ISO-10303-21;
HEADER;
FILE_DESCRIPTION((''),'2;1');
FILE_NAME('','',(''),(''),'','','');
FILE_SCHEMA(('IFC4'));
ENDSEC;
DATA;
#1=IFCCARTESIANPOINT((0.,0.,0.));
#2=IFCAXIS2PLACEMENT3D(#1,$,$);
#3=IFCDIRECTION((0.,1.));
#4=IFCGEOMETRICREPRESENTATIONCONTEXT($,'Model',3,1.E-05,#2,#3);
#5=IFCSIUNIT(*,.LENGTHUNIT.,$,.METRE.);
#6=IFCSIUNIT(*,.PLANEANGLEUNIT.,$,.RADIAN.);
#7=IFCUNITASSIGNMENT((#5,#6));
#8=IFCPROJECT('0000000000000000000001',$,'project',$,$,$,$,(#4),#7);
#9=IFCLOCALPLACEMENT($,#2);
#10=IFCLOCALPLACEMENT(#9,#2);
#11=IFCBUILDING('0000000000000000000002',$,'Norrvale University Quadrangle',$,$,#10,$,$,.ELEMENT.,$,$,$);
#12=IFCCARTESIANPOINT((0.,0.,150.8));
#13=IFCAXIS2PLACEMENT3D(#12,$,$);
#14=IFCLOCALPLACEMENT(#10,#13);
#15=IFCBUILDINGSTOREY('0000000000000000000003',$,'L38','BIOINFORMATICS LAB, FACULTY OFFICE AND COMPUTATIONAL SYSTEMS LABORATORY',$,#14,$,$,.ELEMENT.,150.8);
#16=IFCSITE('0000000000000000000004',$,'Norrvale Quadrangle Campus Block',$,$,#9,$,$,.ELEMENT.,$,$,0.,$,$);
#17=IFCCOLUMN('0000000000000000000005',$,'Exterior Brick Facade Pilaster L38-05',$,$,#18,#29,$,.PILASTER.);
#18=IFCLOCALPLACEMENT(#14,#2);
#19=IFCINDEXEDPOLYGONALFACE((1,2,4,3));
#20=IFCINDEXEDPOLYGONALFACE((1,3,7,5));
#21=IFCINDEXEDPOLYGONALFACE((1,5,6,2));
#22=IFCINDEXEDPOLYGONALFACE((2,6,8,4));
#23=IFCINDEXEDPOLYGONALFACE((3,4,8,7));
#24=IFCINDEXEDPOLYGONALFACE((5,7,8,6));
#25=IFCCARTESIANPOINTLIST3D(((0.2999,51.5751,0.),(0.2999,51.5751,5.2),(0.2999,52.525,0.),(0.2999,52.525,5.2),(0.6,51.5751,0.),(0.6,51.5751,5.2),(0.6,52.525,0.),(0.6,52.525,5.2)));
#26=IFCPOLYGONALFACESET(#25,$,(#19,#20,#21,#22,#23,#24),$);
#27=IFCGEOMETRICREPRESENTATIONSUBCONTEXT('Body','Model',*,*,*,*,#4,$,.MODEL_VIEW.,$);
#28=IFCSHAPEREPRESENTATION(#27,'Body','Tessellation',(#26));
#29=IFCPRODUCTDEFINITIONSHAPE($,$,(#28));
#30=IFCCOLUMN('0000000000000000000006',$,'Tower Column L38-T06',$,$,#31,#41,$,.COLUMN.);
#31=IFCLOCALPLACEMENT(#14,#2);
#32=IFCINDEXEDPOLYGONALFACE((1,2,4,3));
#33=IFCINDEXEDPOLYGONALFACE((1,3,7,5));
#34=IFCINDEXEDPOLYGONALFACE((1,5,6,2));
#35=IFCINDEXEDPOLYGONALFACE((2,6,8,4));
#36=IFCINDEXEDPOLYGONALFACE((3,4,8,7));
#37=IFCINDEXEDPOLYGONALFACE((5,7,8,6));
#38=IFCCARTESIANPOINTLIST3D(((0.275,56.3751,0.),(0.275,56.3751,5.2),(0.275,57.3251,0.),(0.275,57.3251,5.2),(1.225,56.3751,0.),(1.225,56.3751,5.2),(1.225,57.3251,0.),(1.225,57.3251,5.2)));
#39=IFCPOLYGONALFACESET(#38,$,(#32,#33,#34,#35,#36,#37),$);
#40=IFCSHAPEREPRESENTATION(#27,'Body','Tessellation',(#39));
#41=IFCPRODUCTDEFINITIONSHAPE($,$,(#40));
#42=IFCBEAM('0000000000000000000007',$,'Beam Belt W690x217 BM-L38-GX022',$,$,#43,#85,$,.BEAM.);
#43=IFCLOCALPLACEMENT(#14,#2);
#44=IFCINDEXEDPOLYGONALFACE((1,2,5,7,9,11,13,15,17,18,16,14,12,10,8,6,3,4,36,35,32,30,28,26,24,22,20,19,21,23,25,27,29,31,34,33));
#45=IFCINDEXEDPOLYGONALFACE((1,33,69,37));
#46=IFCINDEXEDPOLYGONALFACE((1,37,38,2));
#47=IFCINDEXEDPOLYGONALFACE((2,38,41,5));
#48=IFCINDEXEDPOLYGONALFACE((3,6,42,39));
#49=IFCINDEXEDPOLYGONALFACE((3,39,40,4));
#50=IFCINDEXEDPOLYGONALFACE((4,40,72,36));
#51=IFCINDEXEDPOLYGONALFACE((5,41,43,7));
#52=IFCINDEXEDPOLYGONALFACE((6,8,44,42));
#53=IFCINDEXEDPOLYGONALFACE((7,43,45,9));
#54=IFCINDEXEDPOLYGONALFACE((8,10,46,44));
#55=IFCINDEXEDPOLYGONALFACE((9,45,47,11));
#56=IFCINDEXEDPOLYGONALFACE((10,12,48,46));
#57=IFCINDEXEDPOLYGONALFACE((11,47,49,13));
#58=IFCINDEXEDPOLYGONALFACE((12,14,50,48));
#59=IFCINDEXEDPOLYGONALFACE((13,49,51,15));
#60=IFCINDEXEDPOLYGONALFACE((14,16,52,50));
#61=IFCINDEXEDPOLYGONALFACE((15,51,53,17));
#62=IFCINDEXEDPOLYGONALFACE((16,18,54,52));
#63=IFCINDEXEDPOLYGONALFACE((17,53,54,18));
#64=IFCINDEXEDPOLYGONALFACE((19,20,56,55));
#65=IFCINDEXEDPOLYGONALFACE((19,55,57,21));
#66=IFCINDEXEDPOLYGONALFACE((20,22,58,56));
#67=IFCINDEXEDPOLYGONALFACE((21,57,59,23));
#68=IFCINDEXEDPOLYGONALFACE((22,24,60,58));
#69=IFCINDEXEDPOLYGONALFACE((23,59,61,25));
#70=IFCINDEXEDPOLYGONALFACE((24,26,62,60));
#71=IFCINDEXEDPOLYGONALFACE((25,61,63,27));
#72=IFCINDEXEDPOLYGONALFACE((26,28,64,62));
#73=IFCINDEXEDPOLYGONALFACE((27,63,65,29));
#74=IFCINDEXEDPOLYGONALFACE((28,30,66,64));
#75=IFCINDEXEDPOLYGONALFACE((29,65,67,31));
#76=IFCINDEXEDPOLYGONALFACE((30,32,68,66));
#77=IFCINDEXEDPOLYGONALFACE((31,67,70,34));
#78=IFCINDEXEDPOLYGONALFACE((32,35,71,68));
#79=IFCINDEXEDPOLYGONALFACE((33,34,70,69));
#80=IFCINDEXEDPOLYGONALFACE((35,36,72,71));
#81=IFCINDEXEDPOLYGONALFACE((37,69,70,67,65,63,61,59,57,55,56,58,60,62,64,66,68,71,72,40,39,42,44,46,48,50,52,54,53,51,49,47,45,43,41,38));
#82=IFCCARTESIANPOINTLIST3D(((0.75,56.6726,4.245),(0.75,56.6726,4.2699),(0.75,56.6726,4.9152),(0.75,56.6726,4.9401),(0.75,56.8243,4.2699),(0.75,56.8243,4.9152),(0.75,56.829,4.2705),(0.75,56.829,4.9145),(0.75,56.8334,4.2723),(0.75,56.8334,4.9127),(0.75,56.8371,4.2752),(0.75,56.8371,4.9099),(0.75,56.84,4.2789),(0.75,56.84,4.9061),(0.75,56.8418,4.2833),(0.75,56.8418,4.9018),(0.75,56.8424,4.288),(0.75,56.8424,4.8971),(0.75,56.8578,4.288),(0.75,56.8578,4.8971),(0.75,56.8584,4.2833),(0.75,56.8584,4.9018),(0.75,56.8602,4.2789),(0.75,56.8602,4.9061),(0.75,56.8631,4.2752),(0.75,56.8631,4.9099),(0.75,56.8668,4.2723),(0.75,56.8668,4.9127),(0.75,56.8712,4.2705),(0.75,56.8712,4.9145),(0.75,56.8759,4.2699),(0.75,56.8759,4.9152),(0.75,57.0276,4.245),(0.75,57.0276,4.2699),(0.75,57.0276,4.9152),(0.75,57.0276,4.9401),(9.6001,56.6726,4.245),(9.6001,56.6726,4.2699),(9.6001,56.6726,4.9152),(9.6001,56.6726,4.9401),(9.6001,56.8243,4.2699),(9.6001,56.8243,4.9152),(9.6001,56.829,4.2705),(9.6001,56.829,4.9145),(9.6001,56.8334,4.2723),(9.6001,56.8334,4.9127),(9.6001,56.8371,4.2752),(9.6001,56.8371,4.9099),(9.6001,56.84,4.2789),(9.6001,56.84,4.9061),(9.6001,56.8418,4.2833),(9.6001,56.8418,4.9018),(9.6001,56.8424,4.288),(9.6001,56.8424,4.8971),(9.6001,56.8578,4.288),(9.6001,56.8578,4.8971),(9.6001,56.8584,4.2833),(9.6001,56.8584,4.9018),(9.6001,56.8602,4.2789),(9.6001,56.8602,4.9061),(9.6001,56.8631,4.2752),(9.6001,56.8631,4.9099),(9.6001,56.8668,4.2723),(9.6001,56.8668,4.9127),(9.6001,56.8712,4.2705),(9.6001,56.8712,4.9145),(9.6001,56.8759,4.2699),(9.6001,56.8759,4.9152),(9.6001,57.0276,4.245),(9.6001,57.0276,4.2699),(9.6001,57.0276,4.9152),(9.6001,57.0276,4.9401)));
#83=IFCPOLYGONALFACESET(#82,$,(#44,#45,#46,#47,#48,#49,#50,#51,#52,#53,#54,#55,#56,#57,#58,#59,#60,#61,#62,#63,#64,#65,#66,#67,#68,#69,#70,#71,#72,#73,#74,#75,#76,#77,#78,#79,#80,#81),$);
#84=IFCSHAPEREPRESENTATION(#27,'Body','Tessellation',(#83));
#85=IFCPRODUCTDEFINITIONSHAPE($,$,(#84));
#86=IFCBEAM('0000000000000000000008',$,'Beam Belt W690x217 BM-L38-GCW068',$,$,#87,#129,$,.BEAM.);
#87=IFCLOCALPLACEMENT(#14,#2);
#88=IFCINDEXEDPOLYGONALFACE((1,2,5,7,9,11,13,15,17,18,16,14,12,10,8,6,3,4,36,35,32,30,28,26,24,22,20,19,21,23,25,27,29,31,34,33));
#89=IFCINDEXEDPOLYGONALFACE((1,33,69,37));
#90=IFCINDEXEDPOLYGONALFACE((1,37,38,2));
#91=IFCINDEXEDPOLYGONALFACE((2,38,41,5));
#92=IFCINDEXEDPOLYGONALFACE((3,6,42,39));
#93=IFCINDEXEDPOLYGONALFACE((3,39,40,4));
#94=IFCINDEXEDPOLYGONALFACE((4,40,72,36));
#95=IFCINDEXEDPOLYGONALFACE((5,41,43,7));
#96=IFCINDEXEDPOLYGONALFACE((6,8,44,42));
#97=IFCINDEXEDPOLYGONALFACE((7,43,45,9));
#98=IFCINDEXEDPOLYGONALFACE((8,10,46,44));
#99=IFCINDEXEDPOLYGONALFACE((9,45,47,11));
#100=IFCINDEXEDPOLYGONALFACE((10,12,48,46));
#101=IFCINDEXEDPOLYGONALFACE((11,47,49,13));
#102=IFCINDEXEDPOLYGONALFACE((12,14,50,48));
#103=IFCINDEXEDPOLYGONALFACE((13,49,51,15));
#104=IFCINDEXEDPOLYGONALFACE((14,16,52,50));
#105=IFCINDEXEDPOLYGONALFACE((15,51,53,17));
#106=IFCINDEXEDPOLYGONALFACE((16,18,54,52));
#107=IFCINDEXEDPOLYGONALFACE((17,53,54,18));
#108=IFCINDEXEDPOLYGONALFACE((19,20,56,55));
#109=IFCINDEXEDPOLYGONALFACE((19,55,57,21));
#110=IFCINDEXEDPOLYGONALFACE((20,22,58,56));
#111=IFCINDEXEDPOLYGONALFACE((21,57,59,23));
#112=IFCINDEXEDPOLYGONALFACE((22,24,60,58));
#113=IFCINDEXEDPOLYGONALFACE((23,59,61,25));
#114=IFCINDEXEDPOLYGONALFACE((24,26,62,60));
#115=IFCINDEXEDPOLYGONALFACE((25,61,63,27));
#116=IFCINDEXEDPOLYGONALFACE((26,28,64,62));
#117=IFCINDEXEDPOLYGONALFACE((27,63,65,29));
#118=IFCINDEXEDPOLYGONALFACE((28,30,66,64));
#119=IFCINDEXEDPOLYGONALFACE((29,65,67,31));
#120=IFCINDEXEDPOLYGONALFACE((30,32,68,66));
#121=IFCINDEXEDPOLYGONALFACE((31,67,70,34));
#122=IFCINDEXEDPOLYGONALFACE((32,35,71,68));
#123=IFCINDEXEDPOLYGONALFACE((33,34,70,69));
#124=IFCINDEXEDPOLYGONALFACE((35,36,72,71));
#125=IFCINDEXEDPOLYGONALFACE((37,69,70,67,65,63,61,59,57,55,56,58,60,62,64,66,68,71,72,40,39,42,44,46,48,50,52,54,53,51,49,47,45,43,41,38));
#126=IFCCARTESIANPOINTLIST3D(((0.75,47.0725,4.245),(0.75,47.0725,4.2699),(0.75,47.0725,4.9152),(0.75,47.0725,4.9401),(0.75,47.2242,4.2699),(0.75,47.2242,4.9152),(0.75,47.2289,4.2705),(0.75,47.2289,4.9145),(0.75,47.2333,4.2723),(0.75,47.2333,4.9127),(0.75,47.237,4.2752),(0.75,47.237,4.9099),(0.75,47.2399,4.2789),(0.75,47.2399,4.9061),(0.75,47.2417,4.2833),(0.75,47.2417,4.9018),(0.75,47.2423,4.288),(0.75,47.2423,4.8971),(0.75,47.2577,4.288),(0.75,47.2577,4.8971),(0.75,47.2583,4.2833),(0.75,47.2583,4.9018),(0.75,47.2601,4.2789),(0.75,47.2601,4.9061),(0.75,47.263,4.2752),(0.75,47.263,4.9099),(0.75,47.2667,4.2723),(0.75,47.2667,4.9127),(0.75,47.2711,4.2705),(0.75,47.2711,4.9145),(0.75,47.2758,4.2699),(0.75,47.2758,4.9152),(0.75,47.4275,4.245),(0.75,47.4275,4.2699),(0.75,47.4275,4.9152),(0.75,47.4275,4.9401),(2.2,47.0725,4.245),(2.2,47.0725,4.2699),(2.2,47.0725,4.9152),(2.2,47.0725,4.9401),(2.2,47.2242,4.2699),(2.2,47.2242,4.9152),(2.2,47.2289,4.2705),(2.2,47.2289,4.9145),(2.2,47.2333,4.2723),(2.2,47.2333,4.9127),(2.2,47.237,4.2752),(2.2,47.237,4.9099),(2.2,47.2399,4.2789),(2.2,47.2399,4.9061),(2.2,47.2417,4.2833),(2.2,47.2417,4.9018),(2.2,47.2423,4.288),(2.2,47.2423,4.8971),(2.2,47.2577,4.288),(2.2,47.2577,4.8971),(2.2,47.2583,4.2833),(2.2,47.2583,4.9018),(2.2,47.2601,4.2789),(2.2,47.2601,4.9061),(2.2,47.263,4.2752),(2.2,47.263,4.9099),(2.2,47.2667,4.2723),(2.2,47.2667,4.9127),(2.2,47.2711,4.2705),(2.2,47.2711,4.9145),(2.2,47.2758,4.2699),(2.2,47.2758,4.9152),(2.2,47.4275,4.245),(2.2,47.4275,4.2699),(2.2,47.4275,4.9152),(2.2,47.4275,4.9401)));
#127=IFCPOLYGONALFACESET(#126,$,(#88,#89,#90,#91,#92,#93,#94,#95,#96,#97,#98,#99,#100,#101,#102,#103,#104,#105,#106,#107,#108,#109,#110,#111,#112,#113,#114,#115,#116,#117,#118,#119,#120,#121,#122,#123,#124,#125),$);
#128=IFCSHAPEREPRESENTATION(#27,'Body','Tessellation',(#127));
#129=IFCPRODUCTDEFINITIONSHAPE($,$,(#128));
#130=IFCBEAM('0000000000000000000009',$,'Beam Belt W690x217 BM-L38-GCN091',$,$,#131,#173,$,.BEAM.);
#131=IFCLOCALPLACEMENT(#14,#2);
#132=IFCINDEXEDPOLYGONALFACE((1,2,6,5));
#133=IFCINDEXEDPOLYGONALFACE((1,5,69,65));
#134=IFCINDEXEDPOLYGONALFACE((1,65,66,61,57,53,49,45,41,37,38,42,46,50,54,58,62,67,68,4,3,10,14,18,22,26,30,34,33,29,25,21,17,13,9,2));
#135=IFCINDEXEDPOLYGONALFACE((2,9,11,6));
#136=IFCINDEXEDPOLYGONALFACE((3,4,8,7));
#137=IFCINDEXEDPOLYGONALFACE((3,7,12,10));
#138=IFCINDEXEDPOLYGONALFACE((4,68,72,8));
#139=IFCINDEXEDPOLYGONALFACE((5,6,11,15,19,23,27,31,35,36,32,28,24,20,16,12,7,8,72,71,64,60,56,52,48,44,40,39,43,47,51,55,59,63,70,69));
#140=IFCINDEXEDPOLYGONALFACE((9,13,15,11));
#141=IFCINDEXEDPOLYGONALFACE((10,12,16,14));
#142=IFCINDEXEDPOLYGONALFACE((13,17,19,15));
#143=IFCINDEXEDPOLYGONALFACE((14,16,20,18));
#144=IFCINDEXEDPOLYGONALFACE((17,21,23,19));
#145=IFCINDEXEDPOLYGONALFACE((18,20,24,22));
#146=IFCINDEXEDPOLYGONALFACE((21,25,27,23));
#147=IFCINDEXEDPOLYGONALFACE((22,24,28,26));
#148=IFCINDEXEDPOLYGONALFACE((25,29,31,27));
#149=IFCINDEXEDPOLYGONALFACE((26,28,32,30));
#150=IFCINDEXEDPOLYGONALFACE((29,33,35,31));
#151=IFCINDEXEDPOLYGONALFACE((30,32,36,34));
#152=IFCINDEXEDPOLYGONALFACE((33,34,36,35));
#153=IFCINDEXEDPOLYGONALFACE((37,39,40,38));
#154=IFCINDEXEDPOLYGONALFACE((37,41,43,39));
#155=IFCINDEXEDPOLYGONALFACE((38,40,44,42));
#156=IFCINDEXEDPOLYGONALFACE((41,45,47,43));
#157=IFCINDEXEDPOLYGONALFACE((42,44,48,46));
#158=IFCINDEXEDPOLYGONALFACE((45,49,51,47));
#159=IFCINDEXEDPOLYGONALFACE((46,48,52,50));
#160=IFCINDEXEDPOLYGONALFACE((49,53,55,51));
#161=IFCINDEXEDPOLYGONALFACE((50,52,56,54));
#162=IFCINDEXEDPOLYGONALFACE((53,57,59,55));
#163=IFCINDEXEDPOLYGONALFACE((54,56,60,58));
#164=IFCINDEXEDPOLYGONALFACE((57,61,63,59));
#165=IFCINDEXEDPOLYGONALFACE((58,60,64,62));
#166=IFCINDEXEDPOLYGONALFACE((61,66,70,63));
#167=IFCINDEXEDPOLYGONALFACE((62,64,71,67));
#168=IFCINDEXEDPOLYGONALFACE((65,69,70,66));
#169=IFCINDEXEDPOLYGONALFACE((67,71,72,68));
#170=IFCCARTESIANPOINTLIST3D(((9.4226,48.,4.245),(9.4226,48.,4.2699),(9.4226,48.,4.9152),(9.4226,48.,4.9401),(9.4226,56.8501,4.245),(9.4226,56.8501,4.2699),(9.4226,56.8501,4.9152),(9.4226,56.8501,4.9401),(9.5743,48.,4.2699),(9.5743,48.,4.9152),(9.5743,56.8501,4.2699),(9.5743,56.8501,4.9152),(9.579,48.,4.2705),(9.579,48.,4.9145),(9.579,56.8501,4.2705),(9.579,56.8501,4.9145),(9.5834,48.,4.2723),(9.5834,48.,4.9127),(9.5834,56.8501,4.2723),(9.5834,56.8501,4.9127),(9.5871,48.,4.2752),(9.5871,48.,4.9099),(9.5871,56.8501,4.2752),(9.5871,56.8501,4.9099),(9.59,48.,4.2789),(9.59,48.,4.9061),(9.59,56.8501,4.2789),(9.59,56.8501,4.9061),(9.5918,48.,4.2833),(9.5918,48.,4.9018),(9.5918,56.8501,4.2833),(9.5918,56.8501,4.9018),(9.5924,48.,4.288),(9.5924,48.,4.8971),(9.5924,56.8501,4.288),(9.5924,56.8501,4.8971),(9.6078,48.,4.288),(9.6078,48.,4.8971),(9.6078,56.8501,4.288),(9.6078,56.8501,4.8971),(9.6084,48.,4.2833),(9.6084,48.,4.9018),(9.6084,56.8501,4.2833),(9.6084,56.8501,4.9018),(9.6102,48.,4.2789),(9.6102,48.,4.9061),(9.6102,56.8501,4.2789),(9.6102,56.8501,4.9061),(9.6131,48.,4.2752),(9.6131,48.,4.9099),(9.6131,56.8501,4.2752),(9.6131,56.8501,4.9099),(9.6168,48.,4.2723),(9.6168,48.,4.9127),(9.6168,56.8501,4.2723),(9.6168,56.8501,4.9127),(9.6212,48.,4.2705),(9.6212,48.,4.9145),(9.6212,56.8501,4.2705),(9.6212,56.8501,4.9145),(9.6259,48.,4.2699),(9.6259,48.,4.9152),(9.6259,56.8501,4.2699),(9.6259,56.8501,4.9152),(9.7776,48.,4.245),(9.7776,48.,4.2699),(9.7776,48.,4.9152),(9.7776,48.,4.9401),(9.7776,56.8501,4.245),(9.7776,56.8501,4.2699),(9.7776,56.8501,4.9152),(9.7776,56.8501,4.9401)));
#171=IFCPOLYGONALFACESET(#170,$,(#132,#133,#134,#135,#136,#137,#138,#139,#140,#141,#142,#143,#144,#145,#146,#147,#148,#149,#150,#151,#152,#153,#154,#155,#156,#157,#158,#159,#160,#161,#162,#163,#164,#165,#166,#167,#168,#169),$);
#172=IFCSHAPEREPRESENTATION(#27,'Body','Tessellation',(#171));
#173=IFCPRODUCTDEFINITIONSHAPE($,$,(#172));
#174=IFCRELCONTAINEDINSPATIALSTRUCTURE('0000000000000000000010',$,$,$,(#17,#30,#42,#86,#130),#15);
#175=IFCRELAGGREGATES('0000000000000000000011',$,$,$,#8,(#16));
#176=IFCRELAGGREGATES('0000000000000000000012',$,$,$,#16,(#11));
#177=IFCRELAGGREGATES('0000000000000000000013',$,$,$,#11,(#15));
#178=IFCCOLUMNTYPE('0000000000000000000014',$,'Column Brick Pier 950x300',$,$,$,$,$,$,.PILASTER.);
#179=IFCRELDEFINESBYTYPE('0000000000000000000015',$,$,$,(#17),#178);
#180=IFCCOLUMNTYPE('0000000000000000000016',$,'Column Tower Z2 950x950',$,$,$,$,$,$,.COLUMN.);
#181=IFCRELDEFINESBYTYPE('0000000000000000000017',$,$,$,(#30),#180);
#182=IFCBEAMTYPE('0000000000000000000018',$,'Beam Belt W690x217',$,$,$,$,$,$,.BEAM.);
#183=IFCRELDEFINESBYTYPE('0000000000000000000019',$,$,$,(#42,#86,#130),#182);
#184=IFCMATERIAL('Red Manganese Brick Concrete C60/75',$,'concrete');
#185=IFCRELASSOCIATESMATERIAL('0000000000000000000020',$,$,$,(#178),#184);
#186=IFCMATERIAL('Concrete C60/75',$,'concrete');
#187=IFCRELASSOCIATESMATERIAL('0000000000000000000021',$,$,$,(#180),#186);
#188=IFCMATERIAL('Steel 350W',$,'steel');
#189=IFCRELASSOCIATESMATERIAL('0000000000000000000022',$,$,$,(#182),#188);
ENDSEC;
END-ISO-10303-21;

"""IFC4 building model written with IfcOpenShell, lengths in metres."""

from ifc_helpers import new_model, si_unit, direction, frame, origin, origin_2d, place, context, subcontext, project, spatial, rectangle, i_section, extrude, material, material_profile, profile_set, type_object, element, save


model = new_model("IFC4")

# Units and contexts
model_context = context("Model", 3, precision=1e-05, world=origin(), true_north=direction((0.0, 1.0)))
body_context = subcontext(model_context, "Body", "Model", "MODEL_VIEW")
ifc_project = project(units=[si_unit("LENGTHUNIT", "METRE"), si_unit("PLANEANGLEUNIT", "RADIAN")], contexts=[model_context])

# Site, building, storey
site_placement = place(None, origin())
site = spatial("IfcSite", under=ifc_project, at=site_placement, Name="Norrvale Quadrangle Campus Block", CompositionType="ELEMENT", RefElevation=0.0)
building_placement = place(site_placement, origin())
building = spatial("IfcBuilding", under=site, at=building_placement, Name="Norrvale University Quadrangle", CompositionType="ELEMENT")
storey_placement = place(building_placement, frame((0.0, 0.0, 150.8)))
storey = spatial("IfcBuildingStorey", under=building, at=storey_placement, Name="L38", Description="BIOINFORMATICS LAB, FACULTY OFFICE AND COMPUTATIONAL SYSTEMS LABORATORY", CompositionType="ELEMENT", Elevation=150.8)

# Columns
ifc_material_1 = material(Name="Red Manganese Brick Concrete C60/75", Category="concrete")
ifc_material_profile_1 = material_profile(ifc_material_1, rectangle(XDim=0.95, YDim=0.3, at=origin_2d()), Name="Red Manganese Brick Concrete C60/75")
ifc_profile_set_1 = profile_set([ifc_material_profile_1], Name="Red Manganese Brick Concrete C60/75")
column_type_1 = type_object("IfcColumnType", Name="Column Brick Pier 950x300", PredefinedType="PILASTER", material=ifc_profile_set_1)
column_1_placement = place(storey_placement, frame((0.45, 52.05, 0.0), z_axis=(0.0, 0.0, 1.0), x_axis=(0.0, 1.0, 0.0)))
element("IfcColumn", 1, at=column_1_placement, inside=storey, type_object=column_type_1, Name="Exterior Brick Facade Pilaster L38-05", PredefinedType="PILASTER", context=body_context, shape_type="SweptSolid", body=[
    extrude(rectangle(XDim=0.95, YDim=0.3, at=origin_2d()), origin(), (0.0, 0.0, 1.0), 5.2),
])
ifc_material_2 = material(Name="Concrete C60/75", Category="concrete")
ifc_material_profile_2 = material_profile(ifc_material_2, rectangle(XDim=0.95, YDim=0.95, at=origin_2d()), Name="Concrete C60/75")
ifc_profile_set_2 = profile_set([ifc_material_profile_2], Name="Concrete C60/75")
column_type_2 = type_object("IfcColumnType", Name="Column Tower Z2 950x950", PredefinedType="COLUMN", material=ifc_profile_set_2)
column_2_placement = place(storey_placement, frame((0.75, 56.8501, 0.0), z_axis=(0.0, 0.0, 1.0), x_axis=(1.0, 0.0, 0.0)))
element("IfcColumn", 2, at=column_2_placement, inside=storey, type_object=column_type_2, Name="Tower Column L38-T06", PredefinedType="COLUMN", context=body_context, shape_type="SweptSolid", body=[
    extrude(rectangle(XDim=0.95, YDim=0.95, at=origin_2d()), origin(), (0.0, 0.0, 1.0), 5.2),
])

# Beams
ifc_material_3 = material(Name="Steel 350W", Category="steel")
ifc_material_profile_3 = material_profile(ifc_material_3, i_section(OverallWidth=0.355, OverallDepth=0.6951, WebThickness=0.0154, FlangeThickness=0.0249, FilletRadius=0.0181, at=origin_2d()), Name="Steel 350W")
ifc_profile_set_3 = profile_set([ifc_material_profile_3], Name="Steel 350W")
beam_type_1 = type_object("IfcBeamType", Name="Beam Belt W690x217", PredefinedType="BEAM", material=ifc_profile_set_3)
beam_1_placement = place(storey_placement, frame((0.75, 56.8501, 4.5925), z_axis=(1.0, 0.0, 0.0), x_axis=(0.0, 1.0, 0.0)))
element("IfcBeam", 3, at=beam_1_placement, inside=storey, type_object=beam_type_1, Name="Beam Belt W690x217 BM-L38-GX022", PredefinedType="BEAM", context=body_context, shape_type="SweptSolid", body=[
    extrude(i_section(OverallWidth=0.355, OverallDepth=0.6951, WebThickness=0.0154, FlangeThickness=0.0249, FilletRadius=0.0181, at=origin_2d()), origin(), (0.0, 0.0, 1.0), 8.8501),
])
beam_2_placement = place(storey_placement, frame((0.75, 47.25, 4.5925), z_axis=(1.0, 0.0, 0.0), x_axis=(0.0, 1.0, 0.0)))
element("IfcBeam", 4, at=beam_2_placement, inside=storey, type_object=beam_type_1, Name="Beam Belt W690x217 BM-L38-GCW068", PredefinedType="BEAM", context=body_context, shape_type="SweptSolid", body=[
    extrude(i_section(OverallWidth=0.355, OverallDepth=0.6951, WebThickness=0.0154, FlangeThickness=0.0249, FilletRadius=0.0181, at=origin_2d()), origin(), (0.0, 0.0, 1.0), 1.45),
])
beam_3_placement = place(storey_placement, frame((9.6001, 48.0, 4.5925), z_axis=(0.0, 1.0, 0.0), x_axis=(-1.0, 0.0, 0.0)))
element("IfcBeam", 5, at=beam_3_placement, inside=storey, type_object=beam_type_1, Name="Beam Belt W690x217 BM-L38-GCN091", PredefinedType="BEAM", context=body_context, shape_type="SweptSolid", body=[
    extrude(i_section(OverallWidth=0.355, OverallDepth=0.6951, WebThickness=0.0154, FlangeThickness=0.0249, FilletRadius=0.0181, at=origin_2d()), origin(), (0.0, 0.0, 1.0), 8.8501),
])

save(model, "model.ifc")
